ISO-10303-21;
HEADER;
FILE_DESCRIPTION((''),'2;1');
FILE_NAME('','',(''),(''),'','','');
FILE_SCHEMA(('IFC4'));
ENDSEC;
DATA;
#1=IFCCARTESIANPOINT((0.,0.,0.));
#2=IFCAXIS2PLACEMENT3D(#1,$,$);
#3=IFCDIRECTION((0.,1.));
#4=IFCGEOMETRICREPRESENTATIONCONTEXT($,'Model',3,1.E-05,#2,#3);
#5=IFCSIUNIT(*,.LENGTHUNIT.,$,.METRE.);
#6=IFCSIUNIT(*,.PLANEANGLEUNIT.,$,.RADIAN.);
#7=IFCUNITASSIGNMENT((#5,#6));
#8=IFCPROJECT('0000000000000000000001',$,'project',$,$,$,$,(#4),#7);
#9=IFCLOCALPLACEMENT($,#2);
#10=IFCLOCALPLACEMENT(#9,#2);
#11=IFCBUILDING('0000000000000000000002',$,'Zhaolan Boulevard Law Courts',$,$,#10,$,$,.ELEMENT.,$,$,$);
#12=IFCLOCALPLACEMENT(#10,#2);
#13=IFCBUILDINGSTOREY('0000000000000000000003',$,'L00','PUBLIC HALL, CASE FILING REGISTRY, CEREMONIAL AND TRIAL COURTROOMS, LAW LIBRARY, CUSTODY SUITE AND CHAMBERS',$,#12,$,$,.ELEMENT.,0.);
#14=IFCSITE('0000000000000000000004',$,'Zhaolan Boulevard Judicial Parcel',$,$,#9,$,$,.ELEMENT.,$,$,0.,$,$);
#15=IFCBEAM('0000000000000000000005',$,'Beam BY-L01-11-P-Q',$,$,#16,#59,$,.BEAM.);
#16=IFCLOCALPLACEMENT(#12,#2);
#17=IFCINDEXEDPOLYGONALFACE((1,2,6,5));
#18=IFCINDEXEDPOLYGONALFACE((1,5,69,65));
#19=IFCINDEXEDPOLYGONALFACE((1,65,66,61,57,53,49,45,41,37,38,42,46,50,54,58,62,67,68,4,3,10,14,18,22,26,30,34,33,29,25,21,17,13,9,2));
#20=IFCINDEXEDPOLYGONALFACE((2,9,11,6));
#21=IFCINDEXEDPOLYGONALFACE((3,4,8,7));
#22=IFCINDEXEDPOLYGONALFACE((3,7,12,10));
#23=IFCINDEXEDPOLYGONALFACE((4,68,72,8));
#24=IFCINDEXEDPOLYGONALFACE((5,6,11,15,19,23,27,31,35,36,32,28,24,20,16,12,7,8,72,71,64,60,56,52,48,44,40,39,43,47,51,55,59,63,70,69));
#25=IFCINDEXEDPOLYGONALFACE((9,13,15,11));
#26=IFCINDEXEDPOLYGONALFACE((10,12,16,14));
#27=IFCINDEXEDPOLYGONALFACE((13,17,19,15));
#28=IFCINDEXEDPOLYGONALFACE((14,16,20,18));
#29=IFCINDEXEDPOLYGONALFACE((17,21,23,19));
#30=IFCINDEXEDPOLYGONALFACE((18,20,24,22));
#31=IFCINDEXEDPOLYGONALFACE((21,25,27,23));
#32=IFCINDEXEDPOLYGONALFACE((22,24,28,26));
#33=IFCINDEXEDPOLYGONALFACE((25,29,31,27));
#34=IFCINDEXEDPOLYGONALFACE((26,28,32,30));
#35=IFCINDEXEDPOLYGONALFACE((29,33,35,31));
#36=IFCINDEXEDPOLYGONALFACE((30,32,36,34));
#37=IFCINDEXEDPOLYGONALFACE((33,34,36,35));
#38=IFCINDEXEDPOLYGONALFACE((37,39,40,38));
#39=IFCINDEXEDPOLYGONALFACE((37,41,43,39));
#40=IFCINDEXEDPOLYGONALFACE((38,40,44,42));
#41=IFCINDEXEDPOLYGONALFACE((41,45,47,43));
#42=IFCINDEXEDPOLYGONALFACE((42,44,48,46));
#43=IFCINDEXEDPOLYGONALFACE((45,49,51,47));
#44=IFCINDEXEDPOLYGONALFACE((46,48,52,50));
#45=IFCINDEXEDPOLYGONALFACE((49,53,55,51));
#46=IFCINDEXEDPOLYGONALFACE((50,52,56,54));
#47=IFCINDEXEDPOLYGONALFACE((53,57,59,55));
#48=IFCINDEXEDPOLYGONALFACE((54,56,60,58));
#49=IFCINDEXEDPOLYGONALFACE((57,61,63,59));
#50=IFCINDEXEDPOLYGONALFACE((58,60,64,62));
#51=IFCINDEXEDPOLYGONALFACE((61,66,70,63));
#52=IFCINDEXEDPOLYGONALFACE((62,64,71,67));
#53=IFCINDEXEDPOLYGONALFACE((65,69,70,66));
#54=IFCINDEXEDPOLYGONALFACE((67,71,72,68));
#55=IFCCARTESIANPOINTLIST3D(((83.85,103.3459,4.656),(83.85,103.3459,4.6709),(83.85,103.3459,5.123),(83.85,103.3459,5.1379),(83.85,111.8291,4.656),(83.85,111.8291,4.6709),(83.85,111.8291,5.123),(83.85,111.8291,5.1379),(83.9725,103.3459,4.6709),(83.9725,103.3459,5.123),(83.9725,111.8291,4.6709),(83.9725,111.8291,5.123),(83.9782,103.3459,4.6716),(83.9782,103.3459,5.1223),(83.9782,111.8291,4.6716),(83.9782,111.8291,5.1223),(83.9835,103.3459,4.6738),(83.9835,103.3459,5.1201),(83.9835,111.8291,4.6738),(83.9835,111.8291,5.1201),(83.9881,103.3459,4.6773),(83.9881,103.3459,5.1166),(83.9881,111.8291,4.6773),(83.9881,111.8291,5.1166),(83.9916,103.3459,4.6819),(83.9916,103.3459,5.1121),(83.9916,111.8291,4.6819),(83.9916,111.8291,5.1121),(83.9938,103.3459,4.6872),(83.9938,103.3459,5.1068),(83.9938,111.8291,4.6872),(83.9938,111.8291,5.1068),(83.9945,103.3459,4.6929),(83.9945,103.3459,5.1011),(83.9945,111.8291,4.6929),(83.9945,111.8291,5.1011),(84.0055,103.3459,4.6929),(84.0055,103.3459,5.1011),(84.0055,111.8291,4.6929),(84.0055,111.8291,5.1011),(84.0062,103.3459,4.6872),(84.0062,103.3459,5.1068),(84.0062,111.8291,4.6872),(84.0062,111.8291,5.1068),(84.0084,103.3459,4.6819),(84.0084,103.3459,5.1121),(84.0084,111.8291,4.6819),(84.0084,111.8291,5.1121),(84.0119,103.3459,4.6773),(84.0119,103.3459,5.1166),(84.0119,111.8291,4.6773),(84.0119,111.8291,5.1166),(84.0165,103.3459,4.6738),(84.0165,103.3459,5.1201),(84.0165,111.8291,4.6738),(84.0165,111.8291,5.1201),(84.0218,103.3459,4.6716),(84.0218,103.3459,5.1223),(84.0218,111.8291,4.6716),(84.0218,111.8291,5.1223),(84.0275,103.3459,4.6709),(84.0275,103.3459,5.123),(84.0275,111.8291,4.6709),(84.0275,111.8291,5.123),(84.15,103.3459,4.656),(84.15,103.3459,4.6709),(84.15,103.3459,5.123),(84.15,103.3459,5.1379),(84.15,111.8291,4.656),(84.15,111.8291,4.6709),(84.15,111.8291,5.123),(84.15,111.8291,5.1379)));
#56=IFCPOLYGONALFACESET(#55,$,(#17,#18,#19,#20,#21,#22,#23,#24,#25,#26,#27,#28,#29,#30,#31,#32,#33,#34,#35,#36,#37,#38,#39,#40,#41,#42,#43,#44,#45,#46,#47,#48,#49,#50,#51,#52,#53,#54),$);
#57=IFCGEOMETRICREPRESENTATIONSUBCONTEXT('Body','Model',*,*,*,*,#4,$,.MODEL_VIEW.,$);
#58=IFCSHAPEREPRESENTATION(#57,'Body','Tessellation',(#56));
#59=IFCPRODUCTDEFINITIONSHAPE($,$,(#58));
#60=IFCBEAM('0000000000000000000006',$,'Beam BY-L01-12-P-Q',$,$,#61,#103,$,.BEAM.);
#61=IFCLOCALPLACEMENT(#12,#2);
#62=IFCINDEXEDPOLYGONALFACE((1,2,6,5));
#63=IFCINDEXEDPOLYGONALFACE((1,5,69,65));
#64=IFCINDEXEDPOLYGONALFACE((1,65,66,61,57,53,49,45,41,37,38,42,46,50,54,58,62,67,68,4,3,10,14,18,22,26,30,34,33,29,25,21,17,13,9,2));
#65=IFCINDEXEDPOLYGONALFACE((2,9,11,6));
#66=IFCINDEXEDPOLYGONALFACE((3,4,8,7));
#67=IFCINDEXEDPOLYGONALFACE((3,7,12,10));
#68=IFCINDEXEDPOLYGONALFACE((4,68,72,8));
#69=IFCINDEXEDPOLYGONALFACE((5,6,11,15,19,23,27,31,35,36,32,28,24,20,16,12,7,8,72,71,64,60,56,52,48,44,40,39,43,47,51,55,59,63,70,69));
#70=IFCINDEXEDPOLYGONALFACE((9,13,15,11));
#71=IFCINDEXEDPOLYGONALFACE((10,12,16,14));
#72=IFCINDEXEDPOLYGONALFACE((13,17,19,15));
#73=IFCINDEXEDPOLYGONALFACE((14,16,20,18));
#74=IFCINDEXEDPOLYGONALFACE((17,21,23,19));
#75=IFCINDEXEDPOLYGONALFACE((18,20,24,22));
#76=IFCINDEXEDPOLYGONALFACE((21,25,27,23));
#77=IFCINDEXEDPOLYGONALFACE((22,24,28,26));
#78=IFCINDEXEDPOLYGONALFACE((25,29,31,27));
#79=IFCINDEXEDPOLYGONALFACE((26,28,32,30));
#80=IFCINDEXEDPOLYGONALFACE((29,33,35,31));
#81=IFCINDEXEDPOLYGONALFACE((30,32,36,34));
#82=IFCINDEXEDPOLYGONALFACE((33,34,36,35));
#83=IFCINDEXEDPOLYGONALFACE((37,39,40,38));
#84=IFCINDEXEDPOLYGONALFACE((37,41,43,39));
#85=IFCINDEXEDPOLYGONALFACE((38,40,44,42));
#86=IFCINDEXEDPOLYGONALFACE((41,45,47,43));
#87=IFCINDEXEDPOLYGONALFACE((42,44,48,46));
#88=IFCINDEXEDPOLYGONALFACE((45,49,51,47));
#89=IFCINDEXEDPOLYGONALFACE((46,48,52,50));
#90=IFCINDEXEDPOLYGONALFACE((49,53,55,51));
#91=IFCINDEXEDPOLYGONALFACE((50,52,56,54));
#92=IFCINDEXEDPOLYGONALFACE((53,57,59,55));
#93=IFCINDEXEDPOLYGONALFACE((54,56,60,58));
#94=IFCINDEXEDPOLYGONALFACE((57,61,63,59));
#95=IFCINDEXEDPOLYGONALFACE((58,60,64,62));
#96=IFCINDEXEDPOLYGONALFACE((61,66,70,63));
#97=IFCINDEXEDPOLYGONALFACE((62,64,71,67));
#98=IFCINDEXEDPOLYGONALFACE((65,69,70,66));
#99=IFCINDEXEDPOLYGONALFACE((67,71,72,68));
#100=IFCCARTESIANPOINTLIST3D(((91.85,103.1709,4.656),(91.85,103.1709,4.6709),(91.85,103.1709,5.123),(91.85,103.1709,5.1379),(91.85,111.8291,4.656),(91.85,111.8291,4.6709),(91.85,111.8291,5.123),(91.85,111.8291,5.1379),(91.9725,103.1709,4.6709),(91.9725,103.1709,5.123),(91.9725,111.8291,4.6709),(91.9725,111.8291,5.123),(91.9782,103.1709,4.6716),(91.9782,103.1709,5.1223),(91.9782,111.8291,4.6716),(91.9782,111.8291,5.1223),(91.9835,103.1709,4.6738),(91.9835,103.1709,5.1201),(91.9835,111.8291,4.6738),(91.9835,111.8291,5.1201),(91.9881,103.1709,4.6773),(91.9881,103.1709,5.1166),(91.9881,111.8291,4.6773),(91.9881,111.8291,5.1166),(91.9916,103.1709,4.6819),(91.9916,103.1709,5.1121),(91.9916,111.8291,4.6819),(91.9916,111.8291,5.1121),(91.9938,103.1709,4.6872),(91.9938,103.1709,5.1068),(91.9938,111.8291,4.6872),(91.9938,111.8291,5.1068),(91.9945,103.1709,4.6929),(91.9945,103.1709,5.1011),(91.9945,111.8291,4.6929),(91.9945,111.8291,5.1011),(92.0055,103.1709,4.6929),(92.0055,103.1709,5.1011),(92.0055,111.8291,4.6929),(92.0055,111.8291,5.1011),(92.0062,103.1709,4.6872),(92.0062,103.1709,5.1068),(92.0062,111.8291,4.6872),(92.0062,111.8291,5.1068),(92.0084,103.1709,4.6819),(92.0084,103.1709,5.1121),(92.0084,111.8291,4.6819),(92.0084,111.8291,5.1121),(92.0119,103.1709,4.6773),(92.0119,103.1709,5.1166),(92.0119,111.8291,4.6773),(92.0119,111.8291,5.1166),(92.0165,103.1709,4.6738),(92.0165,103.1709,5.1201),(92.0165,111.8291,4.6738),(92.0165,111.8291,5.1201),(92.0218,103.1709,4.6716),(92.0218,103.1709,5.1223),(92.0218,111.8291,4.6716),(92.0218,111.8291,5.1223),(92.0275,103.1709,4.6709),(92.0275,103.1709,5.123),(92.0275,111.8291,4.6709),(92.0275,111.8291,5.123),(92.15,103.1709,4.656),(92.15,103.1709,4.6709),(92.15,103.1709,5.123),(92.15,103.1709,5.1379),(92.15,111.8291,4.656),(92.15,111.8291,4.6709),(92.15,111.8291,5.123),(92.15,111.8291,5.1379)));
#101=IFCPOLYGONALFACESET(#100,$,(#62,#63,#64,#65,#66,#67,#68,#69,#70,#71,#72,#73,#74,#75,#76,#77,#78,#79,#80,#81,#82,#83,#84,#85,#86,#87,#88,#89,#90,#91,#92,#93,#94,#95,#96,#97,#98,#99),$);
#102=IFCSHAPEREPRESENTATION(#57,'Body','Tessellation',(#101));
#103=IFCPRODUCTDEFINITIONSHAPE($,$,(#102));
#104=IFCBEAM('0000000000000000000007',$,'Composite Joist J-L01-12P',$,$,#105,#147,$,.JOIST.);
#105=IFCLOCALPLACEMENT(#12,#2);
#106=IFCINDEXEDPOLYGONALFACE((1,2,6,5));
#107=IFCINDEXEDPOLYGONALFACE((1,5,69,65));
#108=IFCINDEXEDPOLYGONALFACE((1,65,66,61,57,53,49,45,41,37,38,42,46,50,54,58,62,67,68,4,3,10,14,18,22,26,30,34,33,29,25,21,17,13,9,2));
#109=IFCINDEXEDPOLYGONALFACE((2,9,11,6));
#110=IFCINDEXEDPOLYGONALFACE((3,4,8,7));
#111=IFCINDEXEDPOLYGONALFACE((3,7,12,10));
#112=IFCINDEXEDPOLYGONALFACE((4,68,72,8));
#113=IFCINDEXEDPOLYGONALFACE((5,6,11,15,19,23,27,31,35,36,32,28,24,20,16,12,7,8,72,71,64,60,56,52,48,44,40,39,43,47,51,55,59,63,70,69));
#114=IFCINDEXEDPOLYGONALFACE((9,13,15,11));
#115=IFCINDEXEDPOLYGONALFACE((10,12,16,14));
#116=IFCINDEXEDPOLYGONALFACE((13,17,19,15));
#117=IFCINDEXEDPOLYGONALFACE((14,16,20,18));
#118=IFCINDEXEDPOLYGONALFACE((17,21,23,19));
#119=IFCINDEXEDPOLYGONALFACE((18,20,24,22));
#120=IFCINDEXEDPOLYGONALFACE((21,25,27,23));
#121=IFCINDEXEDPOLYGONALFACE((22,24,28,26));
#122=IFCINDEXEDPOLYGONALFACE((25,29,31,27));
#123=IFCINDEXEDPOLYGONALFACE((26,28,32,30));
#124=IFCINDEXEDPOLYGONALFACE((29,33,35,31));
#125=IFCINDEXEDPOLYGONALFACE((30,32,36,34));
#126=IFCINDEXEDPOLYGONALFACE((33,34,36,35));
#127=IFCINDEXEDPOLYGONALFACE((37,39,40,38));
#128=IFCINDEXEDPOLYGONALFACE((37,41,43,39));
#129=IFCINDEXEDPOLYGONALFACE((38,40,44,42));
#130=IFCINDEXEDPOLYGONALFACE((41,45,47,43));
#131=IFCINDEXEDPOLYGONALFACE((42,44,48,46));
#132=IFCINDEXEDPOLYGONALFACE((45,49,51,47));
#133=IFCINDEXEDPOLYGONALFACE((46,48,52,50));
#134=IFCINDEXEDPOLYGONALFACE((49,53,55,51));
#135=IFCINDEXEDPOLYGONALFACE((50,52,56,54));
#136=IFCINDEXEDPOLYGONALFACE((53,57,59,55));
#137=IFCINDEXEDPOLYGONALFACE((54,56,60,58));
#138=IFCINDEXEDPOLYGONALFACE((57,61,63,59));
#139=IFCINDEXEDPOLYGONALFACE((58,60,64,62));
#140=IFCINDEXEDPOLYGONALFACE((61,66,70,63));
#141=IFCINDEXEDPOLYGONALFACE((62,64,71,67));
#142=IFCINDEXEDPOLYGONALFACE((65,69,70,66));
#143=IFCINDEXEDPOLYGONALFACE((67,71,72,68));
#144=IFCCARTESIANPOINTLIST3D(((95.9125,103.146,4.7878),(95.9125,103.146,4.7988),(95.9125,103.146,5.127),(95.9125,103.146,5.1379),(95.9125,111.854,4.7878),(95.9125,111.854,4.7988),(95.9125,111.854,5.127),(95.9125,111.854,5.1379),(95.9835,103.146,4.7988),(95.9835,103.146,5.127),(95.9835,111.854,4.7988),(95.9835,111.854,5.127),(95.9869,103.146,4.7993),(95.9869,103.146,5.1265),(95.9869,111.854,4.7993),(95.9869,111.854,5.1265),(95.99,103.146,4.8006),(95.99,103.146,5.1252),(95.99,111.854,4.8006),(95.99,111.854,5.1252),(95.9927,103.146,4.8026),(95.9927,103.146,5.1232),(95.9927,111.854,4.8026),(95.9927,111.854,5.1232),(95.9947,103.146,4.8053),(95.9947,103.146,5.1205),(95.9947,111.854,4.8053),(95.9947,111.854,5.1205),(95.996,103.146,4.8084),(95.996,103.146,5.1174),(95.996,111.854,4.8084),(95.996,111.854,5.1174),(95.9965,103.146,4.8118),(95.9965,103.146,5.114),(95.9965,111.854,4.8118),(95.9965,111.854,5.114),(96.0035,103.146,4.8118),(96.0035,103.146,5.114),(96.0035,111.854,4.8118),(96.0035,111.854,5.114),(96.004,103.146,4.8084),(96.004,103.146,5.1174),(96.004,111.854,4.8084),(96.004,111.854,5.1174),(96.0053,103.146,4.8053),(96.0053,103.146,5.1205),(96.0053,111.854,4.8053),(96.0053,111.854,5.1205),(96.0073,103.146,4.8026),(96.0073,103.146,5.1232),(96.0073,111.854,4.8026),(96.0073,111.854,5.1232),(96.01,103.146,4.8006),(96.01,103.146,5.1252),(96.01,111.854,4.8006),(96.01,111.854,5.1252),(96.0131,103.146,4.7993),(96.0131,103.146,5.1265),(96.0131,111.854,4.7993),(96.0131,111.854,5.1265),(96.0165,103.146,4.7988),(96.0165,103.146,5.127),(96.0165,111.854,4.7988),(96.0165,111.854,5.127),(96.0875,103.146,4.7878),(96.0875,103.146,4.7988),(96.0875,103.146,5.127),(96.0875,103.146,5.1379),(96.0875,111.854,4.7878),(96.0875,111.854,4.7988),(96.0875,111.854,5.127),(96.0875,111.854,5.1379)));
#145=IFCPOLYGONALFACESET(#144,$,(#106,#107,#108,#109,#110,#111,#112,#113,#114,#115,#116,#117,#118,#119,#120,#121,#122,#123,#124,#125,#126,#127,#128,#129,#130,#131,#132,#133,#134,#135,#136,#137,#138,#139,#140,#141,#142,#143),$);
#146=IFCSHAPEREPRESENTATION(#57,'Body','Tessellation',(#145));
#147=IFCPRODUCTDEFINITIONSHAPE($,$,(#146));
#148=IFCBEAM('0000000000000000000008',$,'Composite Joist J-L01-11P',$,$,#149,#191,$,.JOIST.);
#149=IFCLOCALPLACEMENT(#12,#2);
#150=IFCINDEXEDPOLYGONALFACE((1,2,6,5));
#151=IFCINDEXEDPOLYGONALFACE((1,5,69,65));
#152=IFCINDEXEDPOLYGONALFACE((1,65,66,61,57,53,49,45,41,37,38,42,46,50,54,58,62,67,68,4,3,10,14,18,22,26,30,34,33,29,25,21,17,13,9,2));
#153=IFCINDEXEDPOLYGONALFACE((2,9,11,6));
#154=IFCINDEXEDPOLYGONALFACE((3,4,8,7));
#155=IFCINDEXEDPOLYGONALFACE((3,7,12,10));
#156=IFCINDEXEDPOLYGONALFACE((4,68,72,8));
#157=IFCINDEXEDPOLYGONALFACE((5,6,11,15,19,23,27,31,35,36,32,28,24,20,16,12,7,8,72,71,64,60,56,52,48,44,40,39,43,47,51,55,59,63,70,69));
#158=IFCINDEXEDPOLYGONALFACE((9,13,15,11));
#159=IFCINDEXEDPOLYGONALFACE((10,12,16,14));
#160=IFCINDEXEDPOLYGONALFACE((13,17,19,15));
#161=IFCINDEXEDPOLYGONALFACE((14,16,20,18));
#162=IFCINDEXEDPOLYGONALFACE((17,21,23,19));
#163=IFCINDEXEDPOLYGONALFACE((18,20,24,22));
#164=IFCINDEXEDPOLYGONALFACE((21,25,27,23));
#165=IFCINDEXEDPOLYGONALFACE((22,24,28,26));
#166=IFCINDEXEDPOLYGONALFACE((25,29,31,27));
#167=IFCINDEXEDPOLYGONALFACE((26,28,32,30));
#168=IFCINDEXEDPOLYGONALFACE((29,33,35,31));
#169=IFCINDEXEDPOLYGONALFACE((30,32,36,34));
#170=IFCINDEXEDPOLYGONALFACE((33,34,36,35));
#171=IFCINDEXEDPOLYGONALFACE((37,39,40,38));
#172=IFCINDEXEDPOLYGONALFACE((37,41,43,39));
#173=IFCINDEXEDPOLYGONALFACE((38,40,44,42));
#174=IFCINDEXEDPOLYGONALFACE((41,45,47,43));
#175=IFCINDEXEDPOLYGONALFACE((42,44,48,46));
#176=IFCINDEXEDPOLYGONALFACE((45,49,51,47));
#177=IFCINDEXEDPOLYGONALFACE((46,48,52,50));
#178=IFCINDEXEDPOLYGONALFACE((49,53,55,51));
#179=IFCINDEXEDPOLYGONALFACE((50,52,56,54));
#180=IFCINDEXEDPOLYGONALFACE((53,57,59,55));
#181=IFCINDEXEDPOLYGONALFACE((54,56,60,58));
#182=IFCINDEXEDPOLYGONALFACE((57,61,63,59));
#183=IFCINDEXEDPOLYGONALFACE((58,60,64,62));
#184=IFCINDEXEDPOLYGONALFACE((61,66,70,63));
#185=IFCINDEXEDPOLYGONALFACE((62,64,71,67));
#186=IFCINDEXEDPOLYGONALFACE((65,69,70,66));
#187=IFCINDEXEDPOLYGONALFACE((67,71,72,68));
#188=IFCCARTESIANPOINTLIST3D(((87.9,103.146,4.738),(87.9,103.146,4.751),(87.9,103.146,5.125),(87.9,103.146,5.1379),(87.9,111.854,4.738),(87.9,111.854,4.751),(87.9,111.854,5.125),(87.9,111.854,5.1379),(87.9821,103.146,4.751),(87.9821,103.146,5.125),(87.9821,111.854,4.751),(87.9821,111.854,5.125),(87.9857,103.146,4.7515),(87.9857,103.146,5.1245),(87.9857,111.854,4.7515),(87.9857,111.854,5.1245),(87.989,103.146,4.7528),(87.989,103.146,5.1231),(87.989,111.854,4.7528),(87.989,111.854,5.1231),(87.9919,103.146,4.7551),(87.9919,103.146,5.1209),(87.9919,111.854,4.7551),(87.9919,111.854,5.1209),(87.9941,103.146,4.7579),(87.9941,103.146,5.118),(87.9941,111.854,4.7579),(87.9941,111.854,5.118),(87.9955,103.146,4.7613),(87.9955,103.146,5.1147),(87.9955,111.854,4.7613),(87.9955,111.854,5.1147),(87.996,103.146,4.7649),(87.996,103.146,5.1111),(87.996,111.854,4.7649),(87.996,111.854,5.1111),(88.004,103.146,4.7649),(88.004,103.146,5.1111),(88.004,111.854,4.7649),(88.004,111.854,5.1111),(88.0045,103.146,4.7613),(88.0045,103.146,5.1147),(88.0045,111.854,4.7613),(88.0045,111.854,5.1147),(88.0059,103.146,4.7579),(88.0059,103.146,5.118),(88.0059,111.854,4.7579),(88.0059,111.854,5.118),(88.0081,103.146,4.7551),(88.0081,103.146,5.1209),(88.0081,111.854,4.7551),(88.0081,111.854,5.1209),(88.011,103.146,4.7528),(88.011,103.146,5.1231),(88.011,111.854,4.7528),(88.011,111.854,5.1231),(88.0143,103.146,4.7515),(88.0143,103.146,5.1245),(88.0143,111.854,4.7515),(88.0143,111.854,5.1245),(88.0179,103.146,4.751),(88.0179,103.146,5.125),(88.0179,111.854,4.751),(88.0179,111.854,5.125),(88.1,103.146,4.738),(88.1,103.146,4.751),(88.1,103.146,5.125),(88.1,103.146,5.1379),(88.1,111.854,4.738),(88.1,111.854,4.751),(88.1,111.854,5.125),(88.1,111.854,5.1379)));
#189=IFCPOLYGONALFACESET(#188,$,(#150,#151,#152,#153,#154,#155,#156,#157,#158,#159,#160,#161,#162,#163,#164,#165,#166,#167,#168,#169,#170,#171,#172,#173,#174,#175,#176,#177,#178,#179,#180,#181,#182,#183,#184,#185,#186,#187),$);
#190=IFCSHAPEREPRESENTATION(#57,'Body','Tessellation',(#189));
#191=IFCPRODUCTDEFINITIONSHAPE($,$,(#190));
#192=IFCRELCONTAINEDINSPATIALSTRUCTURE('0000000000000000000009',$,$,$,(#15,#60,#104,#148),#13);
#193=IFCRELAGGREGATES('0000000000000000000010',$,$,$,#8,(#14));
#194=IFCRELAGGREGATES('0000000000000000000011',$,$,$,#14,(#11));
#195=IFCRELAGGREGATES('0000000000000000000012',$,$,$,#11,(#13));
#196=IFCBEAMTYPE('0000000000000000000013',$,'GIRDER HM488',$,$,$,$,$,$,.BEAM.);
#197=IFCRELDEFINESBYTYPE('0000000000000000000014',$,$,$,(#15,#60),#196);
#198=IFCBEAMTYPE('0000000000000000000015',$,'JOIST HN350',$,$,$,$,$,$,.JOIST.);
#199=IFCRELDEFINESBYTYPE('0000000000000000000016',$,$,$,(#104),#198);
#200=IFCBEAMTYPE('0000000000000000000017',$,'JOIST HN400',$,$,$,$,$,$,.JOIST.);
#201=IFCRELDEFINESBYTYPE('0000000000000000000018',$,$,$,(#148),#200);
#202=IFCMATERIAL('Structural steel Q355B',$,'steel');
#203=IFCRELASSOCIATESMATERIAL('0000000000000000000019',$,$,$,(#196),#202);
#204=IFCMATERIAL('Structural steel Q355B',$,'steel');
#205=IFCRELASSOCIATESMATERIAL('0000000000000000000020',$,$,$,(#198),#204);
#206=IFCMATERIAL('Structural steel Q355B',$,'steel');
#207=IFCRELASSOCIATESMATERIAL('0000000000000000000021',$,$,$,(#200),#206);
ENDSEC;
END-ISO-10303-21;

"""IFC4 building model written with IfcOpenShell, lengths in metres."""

from ifc_helpers import new_model, si_unit, direction, frame, origin, origin_2d, place, context, subcontext, project, spatial, i_section, extrude, material, material_profile, profile_set, type_object, element, save


model = new_model("IFC4")

# Units and contexts
model_context = context("Model", 3, precision=1e-05, world=origin(), true_north=direction((0.0, 1.0)))
body_context = subcontext(model_context, "Body", "Model", "MODEL_VIEW")
ifc_project = project(units=[si_unit("LENGTHUNIT", "METRE"), si_unit("PLANEANGLEUNIT", "RADIAN")], contexts=[model_context])

# Site, building, storey
site_placement = place(None, origin())
site = spatial("IfcSite", under=ifc_project, at=site_placement, Name="Zhaolan Boulevard Judicial Parcel", CompositionType="ELEMENT", RefElevation=0.0)
building_placement = place(site_placement, origin())
building = spatial("IfcBuilding", under=site, at=building_placement, Name="Zhaolan Boulevard Law Courts", CompositionType="ELEMENT")
storey_placement = place(building_placement, origin())
storey = spatial("IfcBuildingStorey", under=building, at=storey_placement, Name="L00", Description="PUBLIC HALL, CASE FILING REGISTRY, CEREMONIAL AND TRIAL COURTROOMS, LAW LIBRARY, CUSTODY SUITE AND CHAMBERS", CompositionType="ELEMENT", Elevation=0.0)

# Beams
ifc_material_1 = material(Name="Structural steel Q355B", Category="steel")
ifc_material_profile_1 = material_profile(ifc_material_1, i_section(OverallWidth=0.3, OverallDepth=0.4819, WebThickness=0.011, FlangeThickness=0.0149, FilletRadius=0.022, at=origin_2d()), Name="HM482x300")
ifc_profile_set_1 = profile_set([ifc_material_profile_1], Name="Structural steel Q355B")
beam_type_1 = type_object("IfcBeamType", Name="GIRDER HM488", PredefinedType="BEAM", material=ifc_profile_set_1)
beam_1_placement = place(storey_placement, frame((84.0, 103.3459, 4.897), z_axis=(0.0, 1.0, 0.0), x_axis=(-1.0, 0.0, 0.0)))
element("IfcBeam", 1, at=beam_1_placement, inside=storey, type_object=beam_type_1, Name="Beam BY-L01-11-P-Q", PredefinedType="BEAM", context=body_context, shape_type="SweptSolid", body=[
    extrude(i_section(OverallWidth=0.3, OverallDepth=0.4819, WebThickness=0.011, FlangeThickness=0.0149, FilletRadius=0.022, at=origin_2d()), origin(), (0.0, 0.0, 1.0), 8.4832),
])
beam_2_placement = place(storey_placement, frame((92.0, 103.1709, 4.897), z_axis=(0.0, 1.0, 0.0), x_axis=(-1.0, 0.0, 0.0)))
element("IfcBeam", 2, at=beam_2_placement, inside=storey, type_object=beam_type_1, Name="Beam BY-L01-12-P-Q", PredefinedType="BEAM", context=body_context, shape_type="SweptSolid", body=[
    extrude(i_section(OverallWidth=0.3, OverallDepth=0.4819, WebThickness=0.011, FlangeThickness=0.0149, FilletRadius=0.022, at=origin_2d()), origin(), (0.0, 0.0, 1.0), 8.6582),
])
ifc_material_2 = material(Name="Structural steel Q355B", Category="steel")
ifc_material_profile_2 = material_profile(ifc_material_2, i_section(OverallWidth=0.175, OverallDepth=0.3501, WebThickness=0.0071, FlangeThickness=0.011, FilletRadius=0.0129, at=origin_2d()), Name="HN350x175")
ifc_profile_set_2 = profile_set([ifc_material_profile_2], Name="Structural steel Q355B")
beam_type_2 = type_object("IfcBeamType", Name="JOIST HN350", PredefinedType="JOIST", material=ifc_profile_set_2)
beam_3_placement = place(storey_placement, frame((96.0, 103.146, 4.9629), z_axis=(0.0, 1.0, 0.0), x_axis=(-1.0, 0.0, 0.0)))
element("IfcBeam", 3, at=beam_3_placement, inside=storey, type_object=beam_type_2, Name="Composite Joist J-L01-12P", PredefinedType="JOIST", context=body_context, shape_type="SweptSolid", body=[
    extrude(i_section(OverallWidth=0.175, OverallDepth=0.3501, WebThickness=0.0071, FlangeThickness=0.011, FilletRadius=0.0129, at=origin_2d()), origin(), (0.0, 0.0, 1.0), 8.708),
])
ifc_material_3 = material(Name="Structural steel Q355B", Category="steel")
ifc_material_profile_3 = material_profile(ifc_material_3, i_section(OverallWidth=0.2, OverallDepth=0.3999, WebThickness=0.0081, FlangeThickness=0.0129, FilletRadius=0.0139, at=origin_2d()), Name="HN400x200")
ifc_profile_set_3 = profile_set([ifc_material_profile_3], Name="Structural steel Q355B")
beam_type_3 = type_object("IfcBeamType", Name="JOIST HN400", PredefinedType="JOIST", material=ifc_profile_set_3)
beam_4_placement = place(storey_placement, frame((88.0, 103.146, 4.938), z_axis=(0.0, 1.0, 0.0), x_axis=(-1.0, 0.0, 0.0)))
element("IfcBeam", 4, at=beam_4_placement, inside=storey, type_object=beam_type_3, Name="Composite Joist J-L01-11P", PredefinedType="JOIST", context=body_context, shape_type="SweptSolid", body=[
    extrude(i_section(OverallWidth=0.2, OverallDepth=0.3999, WebThickness=0.0081, FlangeThickness=0.0129, FilletRadius=0.0139, at=origin_2d()), origin(), (0.0, 0.0, 1.0), 8.708),
])

save(model, "model.ifc")
